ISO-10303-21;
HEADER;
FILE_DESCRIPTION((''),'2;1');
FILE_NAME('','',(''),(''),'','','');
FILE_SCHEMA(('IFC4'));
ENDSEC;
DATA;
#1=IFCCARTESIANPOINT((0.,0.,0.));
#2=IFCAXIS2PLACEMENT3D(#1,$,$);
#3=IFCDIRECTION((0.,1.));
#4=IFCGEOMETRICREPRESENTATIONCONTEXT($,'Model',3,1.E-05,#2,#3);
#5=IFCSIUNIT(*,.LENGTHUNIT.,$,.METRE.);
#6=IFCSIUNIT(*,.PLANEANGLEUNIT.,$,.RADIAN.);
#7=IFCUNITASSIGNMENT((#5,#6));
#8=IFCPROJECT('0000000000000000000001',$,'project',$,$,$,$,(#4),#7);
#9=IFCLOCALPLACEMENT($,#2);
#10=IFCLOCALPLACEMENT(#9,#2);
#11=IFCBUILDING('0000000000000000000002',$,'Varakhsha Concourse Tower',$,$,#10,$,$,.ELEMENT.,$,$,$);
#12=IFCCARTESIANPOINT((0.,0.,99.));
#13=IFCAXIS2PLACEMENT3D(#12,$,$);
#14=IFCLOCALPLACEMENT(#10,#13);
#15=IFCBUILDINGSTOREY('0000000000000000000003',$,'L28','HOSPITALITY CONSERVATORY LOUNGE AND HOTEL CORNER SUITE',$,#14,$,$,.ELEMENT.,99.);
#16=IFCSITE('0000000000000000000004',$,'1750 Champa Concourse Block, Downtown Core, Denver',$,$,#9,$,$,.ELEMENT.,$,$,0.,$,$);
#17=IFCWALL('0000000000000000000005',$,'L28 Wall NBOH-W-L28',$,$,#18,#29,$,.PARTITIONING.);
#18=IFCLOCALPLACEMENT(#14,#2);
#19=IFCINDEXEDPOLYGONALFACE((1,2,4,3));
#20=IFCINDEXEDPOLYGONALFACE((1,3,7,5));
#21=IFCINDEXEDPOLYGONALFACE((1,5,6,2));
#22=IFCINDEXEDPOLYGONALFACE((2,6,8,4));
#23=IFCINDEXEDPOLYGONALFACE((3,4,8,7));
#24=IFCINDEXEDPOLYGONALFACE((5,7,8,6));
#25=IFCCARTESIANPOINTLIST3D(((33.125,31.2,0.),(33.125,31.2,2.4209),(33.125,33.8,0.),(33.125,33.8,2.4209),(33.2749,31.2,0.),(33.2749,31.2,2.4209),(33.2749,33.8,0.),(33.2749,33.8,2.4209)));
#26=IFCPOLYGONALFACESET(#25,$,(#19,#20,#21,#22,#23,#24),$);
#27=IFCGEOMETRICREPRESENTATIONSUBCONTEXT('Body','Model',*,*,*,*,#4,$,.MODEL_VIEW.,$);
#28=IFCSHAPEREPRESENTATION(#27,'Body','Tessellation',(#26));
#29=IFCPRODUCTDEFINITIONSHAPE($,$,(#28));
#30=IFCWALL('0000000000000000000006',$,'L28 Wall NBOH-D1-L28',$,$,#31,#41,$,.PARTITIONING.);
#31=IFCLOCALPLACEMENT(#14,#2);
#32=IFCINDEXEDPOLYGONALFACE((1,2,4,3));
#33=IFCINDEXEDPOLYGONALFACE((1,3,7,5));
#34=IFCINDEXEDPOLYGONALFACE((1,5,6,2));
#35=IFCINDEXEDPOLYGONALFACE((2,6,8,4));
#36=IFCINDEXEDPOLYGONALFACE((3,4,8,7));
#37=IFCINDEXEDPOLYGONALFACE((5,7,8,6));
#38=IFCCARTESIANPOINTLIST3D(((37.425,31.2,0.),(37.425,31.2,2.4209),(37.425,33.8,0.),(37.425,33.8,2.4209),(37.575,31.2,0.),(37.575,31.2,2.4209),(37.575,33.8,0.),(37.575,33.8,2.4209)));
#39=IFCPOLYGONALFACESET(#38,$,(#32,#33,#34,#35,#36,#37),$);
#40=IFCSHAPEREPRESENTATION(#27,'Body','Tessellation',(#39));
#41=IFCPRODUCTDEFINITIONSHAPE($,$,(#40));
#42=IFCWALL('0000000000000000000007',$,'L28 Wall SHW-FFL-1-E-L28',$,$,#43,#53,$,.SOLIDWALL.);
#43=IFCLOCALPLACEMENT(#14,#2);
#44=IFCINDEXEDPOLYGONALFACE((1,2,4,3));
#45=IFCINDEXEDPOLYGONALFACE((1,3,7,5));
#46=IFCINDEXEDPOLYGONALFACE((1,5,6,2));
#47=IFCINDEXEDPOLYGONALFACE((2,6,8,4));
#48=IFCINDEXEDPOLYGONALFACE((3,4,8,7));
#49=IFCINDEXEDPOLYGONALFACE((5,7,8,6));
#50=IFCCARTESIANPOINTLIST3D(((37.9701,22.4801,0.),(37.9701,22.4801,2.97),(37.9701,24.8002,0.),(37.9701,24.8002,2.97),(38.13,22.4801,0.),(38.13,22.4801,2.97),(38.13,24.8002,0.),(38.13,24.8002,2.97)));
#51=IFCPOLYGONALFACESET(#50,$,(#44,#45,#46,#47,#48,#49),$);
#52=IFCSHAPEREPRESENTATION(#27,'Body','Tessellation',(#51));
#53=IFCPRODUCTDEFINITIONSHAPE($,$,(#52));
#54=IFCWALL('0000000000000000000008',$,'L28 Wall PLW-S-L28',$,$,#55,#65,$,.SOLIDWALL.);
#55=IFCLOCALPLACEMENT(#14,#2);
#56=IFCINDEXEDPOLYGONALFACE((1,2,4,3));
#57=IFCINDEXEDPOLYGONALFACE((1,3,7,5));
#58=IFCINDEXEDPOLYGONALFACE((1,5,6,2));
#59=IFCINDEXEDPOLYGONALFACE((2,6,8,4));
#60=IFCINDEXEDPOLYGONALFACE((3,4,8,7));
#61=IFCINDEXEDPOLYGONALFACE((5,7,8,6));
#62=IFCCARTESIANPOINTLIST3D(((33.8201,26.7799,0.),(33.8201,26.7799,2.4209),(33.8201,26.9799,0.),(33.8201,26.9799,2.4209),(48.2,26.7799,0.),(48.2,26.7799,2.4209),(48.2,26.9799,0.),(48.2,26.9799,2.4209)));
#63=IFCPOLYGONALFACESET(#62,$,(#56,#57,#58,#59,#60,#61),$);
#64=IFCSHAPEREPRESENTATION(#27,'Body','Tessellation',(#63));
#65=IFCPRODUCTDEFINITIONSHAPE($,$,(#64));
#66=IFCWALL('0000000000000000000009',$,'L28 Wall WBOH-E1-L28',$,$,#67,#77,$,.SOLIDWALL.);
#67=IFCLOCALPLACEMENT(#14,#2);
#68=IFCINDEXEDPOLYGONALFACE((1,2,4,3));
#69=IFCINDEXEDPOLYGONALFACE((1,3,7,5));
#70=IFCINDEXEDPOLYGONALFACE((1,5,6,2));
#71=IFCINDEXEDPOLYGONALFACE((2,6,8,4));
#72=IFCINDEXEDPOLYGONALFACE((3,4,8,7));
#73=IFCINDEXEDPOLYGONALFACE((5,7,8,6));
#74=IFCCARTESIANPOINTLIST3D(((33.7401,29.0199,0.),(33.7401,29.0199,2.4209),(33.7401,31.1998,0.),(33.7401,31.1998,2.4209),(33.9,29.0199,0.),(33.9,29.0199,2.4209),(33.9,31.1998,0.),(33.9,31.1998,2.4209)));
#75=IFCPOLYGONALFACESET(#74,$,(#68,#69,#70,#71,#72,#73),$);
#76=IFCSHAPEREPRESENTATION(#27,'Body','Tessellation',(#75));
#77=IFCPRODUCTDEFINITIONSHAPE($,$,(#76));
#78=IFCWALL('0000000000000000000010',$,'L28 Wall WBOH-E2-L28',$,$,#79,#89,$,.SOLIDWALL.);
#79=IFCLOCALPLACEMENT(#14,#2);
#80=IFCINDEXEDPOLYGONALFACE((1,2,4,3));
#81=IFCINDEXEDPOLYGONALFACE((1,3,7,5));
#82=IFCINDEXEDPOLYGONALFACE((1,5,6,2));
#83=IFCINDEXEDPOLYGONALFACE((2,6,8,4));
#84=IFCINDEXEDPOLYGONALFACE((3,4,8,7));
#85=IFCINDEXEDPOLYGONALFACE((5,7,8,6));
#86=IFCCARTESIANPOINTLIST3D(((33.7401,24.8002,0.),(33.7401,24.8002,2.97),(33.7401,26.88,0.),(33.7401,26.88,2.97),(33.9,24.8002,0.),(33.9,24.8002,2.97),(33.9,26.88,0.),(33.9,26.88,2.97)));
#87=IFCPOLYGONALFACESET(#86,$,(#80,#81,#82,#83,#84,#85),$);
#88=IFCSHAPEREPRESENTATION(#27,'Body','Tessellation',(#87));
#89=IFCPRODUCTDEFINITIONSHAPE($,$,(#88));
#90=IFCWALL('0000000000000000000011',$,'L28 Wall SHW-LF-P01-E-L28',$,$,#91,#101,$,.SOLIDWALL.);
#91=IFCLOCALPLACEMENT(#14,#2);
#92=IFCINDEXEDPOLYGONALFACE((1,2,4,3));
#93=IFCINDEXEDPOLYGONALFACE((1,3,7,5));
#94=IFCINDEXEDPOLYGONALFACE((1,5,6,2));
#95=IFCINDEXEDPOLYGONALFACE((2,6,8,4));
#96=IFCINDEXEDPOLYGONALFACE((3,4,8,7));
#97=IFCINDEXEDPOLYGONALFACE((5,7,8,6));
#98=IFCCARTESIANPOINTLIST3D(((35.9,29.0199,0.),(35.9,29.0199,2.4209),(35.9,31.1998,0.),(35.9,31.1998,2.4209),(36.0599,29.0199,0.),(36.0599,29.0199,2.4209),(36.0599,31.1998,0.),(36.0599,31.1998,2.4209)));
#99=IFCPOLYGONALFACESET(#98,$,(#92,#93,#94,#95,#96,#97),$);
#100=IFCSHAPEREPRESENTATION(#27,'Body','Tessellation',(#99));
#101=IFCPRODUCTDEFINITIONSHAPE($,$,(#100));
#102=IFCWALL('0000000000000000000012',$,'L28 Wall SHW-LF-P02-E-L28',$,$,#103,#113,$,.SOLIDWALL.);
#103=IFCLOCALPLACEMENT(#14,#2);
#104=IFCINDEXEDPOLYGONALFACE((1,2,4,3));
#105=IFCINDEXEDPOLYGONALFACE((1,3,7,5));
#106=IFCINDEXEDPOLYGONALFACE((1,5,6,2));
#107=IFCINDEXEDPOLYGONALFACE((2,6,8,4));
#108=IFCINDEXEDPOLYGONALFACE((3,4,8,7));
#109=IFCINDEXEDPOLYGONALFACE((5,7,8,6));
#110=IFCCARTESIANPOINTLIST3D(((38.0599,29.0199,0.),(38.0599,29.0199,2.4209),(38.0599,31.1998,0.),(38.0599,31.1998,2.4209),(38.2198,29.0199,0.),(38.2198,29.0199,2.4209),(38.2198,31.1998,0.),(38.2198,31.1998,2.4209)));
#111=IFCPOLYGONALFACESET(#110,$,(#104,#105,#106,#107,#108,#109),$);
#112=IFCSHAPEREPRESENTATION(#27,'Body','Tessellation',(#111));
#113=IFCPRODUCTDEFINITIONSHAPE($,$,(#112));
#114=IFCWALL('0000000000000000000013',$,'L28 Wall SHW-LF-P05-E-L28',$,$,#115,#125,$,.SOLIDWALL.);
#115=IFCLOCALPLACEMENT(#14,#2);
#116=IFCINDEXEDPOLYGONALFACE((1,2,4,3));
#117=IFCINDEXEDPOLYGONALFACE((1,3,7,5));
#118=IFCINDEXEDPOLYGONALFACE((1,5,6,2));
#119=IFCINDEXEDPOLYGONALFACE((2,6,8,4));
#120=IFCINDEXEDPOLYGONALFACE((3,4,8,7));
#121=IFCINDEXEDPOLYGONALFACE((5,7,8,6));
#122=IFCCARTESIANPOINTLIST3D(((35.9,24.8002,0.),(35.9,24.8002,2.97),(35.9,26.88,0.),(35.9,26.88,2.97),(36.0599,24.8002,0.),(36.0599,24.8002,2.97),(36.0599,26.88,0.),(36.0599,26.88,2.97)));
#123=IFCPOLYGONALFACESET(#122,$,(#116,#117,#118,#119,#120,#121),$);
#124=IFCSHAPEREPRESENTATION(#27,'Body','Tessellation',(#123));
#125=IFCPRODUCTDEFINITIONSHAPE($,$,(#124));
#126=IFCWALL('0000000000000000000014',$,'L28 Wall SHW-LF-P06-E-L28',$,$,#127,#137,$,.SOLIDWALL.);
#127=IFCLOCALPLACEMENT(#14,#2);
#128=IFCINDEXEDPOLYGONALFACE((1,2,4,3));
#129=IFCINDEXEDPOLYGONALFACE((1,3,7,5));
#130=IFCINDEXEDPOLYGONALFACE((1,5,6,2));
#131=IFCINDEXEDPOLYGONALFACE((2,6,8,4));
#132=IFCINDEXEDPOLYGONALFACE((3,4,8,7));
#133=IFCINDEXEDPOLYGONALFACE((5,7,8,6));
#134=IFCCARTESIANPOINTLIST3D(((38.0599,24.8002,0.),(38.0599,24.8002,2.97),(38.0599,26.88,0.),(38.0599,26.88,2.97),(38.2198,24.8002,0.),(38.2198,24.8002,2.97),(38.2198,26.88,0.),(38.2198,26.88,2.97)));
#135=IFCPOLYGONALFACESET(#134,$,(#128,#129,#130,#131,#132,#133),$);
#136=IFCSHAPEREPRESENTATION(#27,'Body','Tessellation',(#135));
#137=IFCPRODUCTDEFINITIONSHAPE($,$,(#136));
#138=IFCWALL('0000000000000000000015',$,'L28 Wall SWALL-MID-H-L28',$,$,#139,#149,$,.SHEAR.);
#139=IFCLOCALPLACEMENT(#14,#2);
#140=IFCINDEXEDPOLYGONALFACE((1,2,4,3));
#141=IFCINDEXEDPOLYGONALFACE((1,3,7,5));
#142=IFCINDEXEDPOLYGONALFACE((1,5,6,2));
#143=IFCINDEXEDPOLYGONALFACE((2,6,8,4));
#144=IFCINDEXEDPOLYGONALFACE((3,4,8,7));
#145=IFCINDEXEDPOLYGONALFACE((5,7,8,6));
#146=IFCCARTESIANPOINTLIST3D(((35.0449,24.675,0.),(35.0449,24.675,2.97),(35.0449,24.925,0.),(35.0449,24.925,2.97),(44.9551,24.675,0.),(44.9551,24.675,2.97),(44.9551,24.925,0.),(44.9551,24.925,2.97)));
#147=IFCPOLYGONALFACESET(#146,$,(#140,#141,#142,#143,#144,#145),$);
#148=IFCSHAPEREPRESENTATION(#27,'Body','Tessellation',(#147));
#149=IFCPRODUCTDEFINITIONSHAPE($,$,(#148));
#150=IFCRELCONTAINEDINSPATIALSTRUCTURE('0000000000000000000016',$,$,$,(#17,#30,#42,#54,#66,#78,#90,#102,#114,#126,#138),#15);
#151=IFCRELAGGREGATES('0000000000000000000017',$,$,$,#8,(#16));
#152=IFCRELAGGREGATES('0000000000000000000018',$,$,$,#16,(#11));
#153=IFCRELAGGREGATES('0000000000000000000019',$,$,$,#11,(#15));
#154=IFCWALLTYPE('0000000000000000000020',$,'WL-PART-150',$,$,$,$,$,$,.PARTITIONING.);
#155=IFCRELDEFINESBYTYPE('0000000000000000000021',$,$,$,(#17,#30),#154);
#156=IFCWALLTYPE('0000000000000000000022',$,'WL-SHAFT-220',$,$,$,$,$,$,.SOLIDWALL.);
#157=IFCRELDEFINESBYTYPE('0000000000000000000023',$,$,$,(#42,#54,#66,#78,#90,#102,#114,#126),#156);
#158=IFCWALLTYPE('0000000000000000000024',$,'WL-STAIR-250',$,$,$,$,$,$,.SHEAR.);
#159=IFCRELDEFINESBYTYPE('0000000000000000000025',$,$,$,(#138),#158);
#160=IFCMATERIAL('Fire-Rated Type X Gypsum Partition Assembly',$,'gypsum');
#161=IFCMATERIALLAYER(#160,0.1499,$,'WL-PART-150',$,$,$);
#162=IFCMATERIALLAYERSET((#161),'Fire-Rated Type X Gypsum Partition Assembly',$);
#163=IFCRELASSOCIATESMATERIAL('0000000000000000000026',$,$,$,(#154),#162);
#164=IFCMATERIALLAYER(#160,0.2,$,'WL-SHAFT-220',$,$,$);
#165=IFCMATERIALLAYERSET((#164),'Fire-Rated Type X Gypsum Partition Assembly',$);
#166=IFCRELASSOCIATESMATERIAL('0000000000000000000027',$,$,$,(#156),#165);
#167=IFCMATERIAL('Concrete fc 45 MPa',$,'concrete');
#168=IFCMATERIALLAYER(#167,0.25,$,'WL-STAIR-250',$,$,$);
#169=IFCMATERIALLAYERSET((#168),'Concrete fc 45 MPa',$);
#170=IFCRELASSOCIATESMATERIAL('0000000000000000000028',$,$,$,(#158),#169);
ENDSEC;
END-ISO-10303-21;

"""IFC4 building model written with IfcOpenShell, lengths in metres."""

from ifc_helpers import new_model, si_unit, direction, frame, frame_2d, origin, place, context, subcontext, project, spatial, rectangle, extrude, material, layer, layer_set, type_object, element, save


model = new_model("IFC4")

# Units and contexts
model_context = context("Model", 3, precision=1e-05, world=origin(), true_north=direction((0.0, 1.0)))
body_context = subcontext(model_context, "Body", "Model", "MODEL_VIEW")
ifc_project = project(units=[si_unit("LENGTHUNIT", "METRE"), si_unit("PLANEANGLEUNIT", "RADIAN")], contexts=[model_context])

# Site, building, storey
site_placement = place(None, origin())
site = spatial("IfcSite", under=ifc_project, at=site_placement, Name="1750 Champa Concourse Block, Downtown Core, Denver", CompositionType="ELEMENT", RefElevation=0.0)
building_placement = place(site_placement, origin())
building = spatial("IfcBuilding", under=site, at=building_placement, Name="Varakhsha Concourse Tower", CompositionType="ELEMENT")
storey_placement = place(building_placement, frame((0.0, 0.0, 99.0)))
storey = spatial("IfcBuildingStorey", under=building, at=storey_placement, Name="L28", Description="HOSPITALITY CONSERVATORY LOUNGE AND HOTEL CORNER SUITE", CompositionType="ELEMENT", Elevation=99.0)

# Shared definitions
ifc_material_1 = material(Name="Fire-Rated Type X Gypsum Partition Assembly", Category="gypsum")
ifc_layer_1 = layer(ifc_material_1, 0.1499, Name="WL-PART-150")
ifc_layer_set_1 = layer_set([ifc_layer_1], Name="Fire-Rated Type X Gypsum Partition Assembly")
wall_type_1 = type_object("IfcWallType", Name="WL-PART-150", PredefinedType="PARTITIONING", material=ifc_layer_set_1)

# Walls
for number, where, z_axis, x_axis, name in (
    (1, (33.2, 31.2, 0.0), (0.0, 0.0, 1.0), (0.0, 1.0, 0.0), "L28 Wall NBOH-W-L28"),
    (2, (37.5, 31.2, 0.0), (0.0, 0.0, 1.0), (0.0, 1.0, 0.0), "L28 Wall NBOH-D1-L28"),
):
    element("IfcWall", number, at=place(storey_placement, frame(where, z_axis=z_axis, x_axis=x_axis)), inside=storey, type_object=wall_type_1, Name=name, PredefinedType="PARTITIONING", context=body_context, shape_type="SweptSolid", body=[
        extrude(rectangle(XDim=2.6001, YDim=0.1499, at=frame_2d((1.3, 0.0))), origin(), (0.0, 0.0, 1.0), 2.4209),
    ])
ifc_layer_2 = layer(ifc_material_1, 0.2, Name="WL-SHAFT-220")
ifc_layer_set_2 = layer_set([ifc_layer_2], Name="Fire-Rated Type X Gypsum Partition Assembly")
wall_type_2 = type_object("IfcWallType", Name="WL-SHAFT-220", PredefinedType="SOLIDWALL", material=ifc_layer_set_2)
wall_1_placement = place(storey_placement, frame((38.05, 22.48, 0.0), z_axis=(0.0, 0.0, 1.0), x_axis=(0.0, 1.0, 0.0)))
element("IfcWall", 3, at=wall_1_placement, inside=storey, type_object=wall_type_2, Name="L28 Wall SHW-FFL-1-E-L28", PredefinedType="SOLIDWALL", context=body_context, shape_type="SweptSolid", body=[
    extrude(rectangle(XDim=2.3201, YDim=0.1599, at=frame_2d((1.1602, 0.0))), origin(), (0.0, 0.0, 1.0), 2.97),
])

# Walls
wall_2_placement = place(storey_placement, frame((33.8201, 26.8799, 0.0), z_axis=(0.0, 0.0, 1.0), x_axis=(1.0, 0.0, 0.0)))
element("IfcWall", 4, at=wall_2_placement, inside=storey, type_object=wall_type_2, Name="L28 Wall PLW-S-L28", PredefinedType="SOLIDWALL", context=body_context, shape_type="SweptSolid", body=[
    extrude(rectangle(XDim=14.3799, YDim=0.2, at=frame_2d((7.1899, 0.0))), origin(), (0.0, 0.0, 1.0), 2.4209),
])
wall_3_placement = place(storey_placement, frame((33.8201, 29.02, 0.0), z_axis=(0.0, 0.0, 1.0), x_axis=(0.0, 1.0, 0.0)))
element("IfcWall", 5, at=wall_3_placement, inside=storey, type_object=wall_type_2, Name="L28 Wall WBOH-E1-L28", PredefinedType="SOLIDWALL", context=body_context, shape_type="SweptSolid", body=[
    extrude(rectangle(XDim=2.1799, YDim=0.1599, at=frame_2d((1.0898, 0.0))), origin(), (0.0, 0.0, 1.0), 2.4209),
])
wall_4_placement = place(storey_placement, frame((33.8201, 24.8, 0.0), z_axis=(0.0, 0.0, 1.0), x_axis=(0.0, 1.0, 0.0)))
element("IfcWall", 6, at=wall_4_placement, inside=storey, type_object=wall_type_2, Name="L28 Wall WBOH-E2-L28", PredefinedType="SOLIDWALL", context=body_context, shape_type="SweptSolid", body=[
    extrude(rectangle(XDim=2.0798, YDim=0.1599, at=frame_2d((1.04, 0.0))), origin(), (0.0, 0.0, 1.0), 2.97),
])
for number, where, z_axis, x_axis, name in (
    (7, (35.98, 29.02, 0.0), (0.0, 0.0, 1.0), (0.0, 1.0, 0.0), "L28 Wall SHW-LF-P01-E-L28"),
    (8, (38.1399, 29.02, 0.0), (0.0, 0.0, 1.0), (0.0, 1.0, 0.0), "L28 Wall SHW-LF-P02-E-L28"),
):
    element("IfcWall", number, at=place(storey_placement, frame(where, z_axis=z_axis, x_axis=x_axis)), inside=storey, type_object=wall_type_2, Name=name, PredefinedType="SOLIDWALL", context=body_context, shape_type="SweptSolid", body=[
        extrude(rectangle(XDim=2.1799, YDim=0.1599, at=frame_2d((1.0898, 0.0))), origin(), (0.0, 0.0, 1.0), 2.4209),
    ])
for number, where, z_axis, x_axis, name in (
    (9, (35.98, 24.8, 0.0), (0.0, 0.0, 1.0), (0.0, 1.0, 0.0), "L28 Wall SHW-LF-P05-E-L28"),
    (10, (38.1399, 24.8, 0.0), (0.0, 0.0, 1.0), (0.0, 1.0, 0.0), "L28 Wall SHW-LF-P06-E-L28"),
):
    element("IfcWall", number, at=place(storey_placement, frame(where, z_axis=z_axis, x_axis=x_axis)), inside=storey, type_object=wall_type_2, Name=name, PredefinedType="SOLIDWALL", context=body_context, shape_type="SweptSolid", body=[
        extrude(rectangle(XDim=2.0798, YDim=0.1599, at=frame_2d((1.04, 0.0))), origin(), (0.0, 0.0, 1.0), 2.97),
    ])
ifc_material_2 = material(Name="Concrete fc 45 MPa", Category="concrete")
ifc_layer_3 = layer(ifc_material_2, 0.25, Name="WL-STAIR-250")
ifc_layer_set_3 = layer_set([ifc_layer_3], Name="Concrete fc 45 MPa")
wall_type_3 = type_object("IfcWallType", Name="WL-STAIR-250", PredefinedType="SHEAR", material=ifc_layer_set_3)
wall_5_placement = place(storey_placement, frame((35.0449, 24.8, 0.0), z_axis=(0.0, 0.0, 1.0), x_axis=(1.0, 0.0, 0.0)))
element("IfcWall", 11, at=wall_5_placement, inside=storey, type_object=wall_type_3, Name="L28 Wall SWALL-MID-H-L28", PredefinedType="SHEAR", context=body_context, shape_type="SweptSolid", body=[
    extrude(rectangle(XDim=9.9102, YDim=0.25, at=frame_2d((4.9551, 0.0))), origin(), (0.0, 0.0, 1.0), 2.97),
])

save(model, "model.ifc")
